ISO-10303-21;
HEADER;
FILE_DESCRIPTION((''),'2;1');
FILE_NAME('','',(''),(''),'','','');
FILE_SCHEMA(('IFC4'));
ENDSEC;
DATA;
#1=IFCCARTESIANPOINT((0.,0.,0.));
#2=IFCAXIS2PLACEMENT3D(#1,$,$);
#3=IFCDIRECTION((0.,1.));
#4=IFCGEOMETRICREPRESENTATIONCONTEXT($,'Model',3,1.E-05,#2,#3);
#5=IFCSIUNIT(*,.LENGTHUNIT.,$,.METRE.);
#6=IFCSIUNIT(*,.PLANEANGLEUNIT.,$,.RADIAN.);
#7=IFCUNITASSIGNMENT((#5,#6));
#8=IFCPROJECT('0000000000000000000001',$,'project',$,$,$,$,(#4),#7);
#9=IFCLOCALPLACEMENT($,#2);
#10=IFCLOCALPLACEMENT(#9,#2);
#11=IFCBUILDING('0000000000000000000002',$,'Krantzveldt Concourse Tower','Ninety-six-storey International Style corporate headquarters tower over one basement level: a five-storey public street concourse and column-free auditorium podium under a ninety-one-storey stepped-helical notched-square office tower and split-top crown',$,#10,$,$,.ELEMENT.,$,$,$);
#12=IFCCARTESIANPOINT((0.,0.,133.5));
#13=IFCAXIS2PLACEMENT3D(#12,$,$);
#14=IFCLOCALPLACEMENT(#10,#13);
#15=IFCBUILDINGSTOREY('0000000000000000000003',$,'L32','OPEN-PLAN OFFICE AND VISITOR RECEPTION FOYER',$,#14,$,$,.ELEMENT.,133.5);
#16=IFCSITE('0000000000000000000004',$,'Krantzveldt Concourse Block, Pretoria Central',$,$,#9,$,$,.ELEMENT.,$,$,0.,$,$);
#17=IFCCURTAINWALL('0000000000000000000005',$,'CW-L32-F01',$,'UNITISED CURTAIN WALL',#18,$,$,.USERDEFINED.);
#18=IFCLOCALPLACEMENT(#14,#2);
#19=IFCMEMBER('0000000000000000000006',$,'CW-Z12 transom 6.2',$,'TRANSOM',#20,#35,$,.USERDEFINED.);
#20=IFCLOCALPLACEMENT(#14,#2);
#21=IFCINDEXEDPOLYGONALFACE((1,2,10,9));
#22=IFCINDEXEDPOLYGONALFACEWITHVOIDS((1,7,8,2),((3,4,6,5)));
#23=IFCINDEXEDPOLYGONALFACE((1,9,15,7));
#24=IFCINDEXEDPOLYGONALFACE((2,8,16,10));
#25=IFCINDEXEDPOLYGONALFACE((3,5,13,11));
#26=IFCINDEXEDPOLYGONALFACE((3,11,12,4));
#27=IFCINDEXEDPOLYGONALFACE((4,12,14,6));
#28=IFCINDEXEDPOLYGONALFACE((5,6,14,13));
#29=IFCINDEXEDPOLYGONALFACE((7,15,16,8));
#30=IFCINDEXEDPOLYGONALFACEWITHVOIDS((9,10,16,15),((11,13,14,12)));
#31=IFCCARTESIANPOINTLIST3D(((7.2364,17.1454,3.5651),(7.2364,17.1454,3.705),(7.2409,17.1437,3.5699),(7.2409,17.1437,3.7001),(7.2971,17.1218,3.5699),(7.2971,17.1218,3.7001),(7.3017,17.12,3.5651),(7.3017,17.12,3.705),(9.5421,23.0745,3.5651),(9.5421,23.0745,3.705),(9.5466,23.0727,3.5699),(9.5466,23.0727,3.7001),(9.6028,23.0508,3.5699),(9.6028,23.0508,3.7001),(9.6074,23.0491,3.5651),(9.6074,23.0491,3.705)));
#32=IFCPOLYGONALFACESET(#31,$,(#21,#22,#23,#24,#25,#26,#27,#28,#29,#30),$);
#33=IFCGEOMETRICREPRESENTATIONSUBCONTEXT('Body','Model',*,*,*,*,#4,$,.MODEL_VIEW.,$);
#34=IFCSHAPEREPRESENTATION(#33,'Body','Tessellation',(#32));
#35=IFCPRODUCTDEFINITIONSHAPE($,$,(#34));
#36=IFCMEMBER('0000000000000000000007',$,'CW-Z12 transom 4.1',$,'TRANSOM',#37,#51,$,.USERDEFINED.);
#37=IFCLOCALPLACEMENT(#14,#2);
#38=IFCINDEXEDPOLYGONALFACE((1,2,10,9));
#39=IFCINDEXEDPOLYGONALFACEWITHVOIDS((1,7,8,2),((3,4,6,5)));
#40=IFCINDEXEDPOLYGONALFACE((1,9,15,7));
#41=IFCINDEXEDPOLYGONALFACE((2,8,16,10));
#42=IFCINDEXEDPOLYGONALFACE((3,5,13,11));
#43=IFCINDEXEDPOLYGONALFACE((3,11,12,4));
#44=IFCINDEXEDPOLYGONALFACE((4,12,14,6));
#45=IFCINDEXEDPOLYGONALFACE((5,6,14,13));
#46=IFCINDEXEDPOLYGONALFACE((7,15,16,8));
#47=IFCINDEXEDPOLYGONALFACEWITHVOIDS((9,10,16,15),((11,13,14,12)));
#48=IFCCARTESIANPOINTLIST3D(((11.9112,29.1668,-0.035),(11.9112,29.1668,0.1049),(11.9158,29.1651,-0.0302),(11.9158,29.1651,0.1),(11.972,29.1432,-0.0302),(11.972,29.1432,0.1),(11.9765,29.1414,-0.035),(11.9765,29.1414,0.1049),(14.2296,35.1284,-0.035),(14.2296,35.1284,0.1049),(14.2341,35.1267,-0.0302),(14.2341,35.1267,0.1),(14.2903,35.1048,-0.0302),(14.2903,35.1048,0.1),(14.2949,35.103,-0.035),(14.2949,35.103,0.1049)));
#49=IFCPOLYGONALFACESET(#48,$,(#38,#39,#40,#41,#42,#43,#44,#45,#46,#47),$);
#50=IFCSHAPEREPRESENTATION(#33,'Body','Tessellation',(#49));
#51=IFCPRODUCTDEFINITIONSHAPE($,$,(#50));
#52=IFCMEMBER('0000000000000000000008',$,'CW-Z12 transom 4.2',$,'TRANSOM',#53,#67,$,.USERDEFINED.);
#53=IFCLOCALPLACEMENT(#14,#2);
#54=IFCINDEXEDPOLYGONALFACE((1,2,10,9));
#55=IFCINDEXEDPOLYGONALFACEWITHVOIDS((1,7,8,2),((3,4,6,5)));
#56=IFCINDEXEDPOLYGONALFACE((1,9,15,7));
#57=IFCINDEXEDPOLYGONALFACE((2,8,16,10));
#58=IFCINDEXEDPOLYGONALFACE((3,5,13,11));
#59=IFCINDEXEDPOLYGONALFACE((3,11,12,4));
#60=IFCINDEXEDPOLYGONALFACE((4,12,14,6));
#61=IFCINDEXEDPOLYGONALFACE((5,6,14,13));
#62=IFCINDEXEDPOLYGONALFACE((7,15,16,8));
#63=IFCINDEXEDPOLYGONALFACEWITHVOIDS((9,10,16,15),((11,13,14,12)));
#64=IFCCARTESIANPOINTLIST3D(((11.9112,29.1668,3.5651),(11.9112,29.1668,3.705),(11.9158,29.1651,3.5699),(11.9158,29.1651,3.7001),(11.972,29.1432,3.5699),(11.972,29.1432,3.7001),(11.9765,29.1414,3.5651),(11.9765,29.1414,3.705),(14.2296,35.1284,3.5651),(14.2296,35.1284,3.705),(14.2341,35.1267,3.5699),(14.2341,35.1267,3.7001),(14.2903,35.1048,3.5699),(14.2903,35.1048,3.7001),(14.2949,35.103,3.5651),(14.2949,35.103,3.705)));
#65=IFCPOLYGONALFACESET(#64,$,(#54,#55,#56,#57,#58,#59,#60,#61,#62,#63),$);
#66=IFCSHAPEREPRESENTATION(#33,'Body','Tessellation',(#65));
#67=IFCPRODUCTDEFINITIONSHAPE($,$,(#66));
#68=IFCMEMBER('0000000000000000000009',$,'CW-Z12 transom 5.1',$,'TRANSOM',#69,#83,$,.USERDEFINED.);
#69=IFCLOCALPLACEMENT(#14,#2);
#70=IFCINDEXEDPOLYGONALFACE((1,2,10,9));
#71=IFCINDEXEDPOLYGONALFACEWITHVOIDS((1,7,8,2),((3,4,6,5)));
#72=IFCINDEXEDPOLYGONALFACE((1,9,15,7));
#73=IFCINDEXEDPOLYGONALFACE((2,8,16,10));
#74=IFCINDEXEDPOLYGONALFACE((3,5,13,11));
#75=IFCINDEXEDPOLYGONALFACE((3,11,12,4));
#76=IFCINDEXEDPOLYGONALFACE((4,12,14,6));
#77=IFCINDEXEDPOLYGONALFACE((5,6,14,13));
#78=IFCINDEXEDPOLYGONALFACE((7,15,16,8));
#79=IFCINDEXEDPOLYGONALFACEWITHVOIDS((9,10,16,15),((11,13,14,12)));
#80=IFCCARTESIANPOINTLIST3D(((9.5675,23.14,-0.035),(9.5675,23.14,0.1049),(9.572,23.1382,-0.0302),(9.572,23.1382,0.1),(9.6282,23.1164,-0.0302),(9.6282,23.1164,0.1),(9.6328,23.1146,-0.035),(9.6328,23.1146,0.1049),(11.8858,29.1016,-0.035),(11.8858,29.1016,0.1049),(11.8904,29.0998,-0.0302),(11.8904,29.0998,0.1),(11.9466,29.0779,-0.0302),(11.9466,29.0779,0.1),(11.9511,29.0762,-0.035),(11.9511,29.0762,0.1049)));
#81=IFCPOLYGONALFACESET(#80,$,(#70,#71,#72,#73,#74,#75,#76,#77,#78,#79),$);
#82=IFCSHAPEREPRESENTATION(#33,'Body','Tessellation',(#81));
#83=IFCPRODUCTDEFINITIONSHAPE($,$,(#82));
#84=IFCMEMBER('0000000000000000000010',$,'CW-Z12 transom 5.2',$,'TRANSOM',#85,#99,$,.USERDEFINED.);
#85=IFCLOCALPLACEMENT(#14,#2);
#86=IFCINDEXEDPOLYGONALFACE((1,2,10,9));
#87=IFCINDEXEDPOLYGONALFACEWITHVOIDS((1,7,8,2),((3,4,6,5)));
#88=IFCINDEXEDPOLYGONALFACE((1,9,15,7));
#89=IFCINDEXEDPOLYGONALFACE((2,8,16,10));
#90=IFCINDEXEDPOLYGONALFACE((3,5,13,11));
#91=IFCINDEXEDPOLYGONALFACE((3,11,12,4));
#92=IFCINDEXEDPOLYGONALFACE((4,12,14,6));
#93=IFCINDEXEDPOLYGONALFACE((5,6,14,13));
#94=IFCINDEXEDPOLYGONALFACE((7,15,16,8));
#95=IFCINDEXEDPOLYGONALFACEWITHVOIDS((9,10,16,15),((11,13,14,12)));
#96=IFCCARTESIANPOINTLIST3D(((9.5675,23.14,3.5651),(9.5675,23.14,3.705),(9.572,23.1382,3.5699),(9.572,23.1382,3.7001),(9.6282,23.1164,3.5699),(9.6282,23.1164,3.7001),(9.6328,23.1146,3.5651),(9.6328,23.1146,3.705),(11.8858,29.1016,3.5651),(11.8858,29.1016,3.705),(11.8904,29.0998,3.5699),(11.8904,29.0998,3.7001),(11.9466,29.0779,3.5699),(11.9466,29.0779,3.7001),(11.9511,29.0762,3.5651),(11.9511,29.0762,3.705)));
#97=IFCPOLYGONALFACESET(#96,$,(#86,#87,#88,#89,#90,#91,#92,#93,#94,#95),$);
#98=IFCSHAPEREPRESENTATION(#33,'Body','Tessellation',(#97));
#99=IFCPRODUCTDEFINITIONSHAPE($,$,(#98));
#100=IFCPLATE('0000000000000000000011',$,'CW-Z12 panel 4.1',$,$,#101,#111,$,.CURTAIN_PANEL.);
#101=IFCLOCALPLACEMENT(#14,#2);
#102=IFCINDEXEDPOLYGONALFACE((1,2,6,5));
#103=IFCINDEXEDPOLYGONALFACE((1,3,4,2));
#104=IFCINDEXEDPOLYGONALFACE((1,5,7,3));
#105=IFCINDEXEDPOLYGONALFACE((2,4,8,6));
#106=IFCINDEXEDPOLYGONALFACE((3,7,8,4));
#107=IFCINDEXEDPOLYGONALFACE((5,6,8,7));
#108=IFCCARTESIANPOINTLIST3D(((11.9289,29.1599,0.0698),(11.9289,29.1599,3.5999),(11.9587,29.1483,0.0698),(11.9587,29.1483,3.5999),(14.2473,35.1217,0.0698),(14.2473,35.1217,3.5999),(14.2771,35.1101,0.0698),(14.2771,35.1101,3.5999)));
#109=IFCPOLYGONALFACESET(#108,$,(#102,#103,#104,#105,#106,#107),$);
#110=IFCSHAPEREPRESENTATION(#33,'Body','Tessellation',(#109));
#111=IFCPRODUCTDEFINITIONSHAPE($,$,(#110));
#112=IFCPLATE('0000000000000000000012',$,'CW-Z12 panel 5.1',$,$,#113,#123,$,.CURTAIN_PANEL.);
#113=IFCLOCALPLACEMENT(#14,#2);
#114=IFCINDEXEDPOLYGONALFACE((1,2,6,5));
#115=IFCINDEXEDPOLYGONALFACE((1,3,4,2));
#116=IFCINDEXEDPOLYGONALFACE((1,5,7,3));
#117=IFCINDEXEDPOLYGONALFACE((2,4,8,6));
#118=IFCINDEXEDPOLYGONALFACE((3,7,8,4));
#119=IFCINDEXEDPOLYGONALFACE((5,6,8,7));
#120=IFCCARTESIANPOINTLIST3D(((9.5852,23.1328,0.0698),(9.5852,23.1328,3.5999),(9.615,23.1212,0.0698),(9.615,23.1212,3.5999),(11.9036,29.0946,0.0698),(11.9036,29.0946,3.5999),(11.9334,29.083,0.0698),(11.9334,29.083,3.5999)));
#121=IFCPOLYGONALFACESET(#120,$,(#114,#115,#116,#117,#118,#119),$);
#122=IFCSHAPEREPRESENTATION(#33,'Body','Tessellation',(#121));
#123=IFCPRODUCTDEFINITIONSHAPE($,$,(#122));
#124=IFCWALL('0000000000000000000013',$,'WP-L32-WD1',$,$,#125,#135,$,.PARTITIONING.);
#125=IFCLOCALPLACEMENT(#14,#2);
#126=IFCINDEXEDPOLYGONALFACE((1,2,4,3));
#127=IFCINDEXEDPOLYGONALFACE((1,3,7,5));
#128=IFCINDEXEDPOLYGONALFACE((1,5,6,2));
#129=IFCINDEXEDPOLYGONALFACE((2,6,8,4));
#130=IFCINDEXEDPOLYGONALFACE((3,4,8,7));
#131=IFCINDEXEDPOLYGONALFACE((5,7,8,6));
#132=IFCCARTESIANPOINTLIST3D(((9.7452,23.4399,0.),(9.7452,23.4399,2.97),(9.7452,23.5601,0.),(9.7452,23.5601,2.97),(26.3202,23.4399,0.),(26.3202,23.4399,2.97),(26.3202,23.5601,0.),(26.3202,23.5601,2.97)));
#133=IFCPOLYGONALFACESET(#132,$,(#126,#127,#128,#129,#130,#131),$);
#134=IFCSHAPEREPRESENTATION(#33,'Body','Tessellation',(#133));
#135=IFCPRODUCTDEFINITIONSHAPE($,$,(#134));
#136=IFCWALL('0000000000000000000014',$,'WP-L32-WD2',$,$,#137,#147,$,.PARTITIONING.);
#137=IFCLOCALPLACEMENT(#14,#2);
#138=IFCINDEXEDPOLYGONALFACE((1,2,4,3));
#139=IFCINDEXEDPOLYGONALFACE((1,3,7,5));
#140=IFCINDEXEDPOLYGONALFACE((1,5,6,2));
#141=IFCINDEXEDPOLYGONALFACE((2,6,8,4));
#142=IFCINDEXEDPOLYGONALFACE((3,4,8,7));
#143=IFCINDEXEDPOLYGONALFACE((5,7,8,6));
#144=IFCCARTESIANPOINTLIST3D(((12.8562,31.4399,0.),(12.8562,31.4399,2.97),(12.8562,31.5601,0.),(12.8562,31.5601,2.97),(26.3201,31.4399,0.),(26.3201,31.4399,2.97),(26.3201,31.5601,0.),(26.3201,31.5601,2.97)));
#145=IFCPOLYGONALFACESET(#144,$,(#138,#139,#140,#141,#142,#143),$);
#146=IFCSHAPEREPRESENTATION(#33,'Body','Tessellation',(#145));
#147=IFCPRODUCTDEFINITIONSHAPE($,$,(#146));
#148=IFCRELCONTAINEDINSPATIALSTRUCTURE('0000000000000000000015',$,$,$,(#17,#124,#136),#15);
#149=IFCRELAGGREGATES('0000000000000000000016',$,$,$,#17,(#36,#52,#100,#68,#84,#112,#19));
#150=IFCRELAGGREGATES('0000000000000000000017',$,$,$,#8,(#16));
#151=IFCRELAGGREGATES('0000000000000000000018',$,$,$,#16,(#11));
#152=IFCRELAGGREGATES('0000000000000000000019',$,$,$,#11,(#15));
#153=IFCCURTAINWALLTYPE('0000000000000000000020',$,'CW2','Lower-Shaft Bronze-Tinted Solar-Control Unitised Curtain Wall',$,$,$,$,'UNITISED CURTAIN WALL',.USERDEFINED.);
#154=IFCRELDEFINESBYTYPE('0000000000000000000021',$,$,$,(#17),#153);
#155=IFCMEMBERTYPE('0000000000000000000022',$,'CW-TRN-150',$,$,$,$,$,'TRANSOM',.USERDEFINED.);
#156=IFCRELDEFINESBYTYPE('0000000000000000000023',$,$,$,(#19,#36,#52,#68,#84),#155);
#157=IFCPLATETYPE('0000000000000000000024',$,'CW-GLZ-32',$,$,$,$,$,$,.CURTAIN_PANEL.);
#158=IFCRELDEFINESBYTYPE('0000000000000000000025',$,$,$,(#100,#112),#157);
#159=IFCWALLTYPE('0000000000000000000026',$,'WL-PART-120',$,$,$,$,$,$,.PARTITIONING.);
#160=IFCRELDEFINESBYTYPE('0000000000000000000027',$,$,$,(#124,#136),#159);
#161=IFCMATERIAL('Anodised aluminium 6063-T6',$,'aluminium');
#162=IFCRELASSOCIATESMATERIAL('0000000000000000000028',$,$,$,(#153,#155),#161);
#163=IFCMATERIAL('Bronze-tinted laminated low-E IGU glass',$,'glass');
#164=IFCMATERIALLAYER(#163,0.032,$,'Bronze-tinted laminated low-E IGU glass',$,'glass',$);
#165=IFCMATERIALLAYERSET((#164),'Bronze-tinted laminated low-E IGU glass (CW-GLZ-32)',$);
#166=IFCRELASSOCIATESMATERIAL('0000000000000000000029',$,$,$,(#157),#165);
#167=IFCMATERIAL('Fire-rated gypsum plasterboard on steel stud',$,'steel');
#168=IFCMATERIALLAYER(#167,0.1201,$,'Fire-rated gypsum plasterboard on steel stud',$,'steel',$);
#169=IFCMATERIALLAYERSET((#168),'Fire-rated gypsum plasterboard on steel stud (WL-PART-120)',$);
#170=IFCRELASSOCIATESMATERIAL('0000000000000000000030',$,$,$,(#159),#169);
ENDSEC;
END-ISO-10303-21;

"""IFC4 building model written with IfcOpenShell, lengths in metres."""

from ifc_helpers import new_model, si_unit, direction, frame, frame_2d, origin, origin_2d, place, context, subcontext, project, spatial, rectangle, hollow_rectangle, extrude, source, transform, mapped, material, layer, layer_set, material_profile, profile_set, type_object, type_shapes, element, aggregate, save


model = new_model("IFC4")

# Units and contexts
model_context = context("Model", 3, precision=1e-05, world=origin(), true_north=direction((0.0, 1.0)))
body_context = subcontext(model_context, "Body", "Model", "MODEL_VIEW")
ifc_project = project(units=[si_unit("LENGTHUNIT", "METRE"), si_unit("PLANEANGLEUNIT", "RADIAN")], contexts=[model_context])

# Site, building, storey
site_placement = place(None, origin())
site = spatial("IfcSite", under=ifc_project, at=site_placement, Name="Krantzveldt Concourse Block, Pretoria Central", CompositionType="ELEMENT", RefElevation=0.0)
building_placement = place(site_placement, origin())
building = spatial("IfcBuilding", under=site, at=building_placement, Name="Krantzveldt Concourse Tower", Description="Ninety-six-storey International Style corporate headquarters tower over one basement level: a five-storey public street concourse and column-free auditorium podium under a ninety-one-storey stepped-helical notched-square office tower and split-top crown", CompositionType="ELEMENT")
storey_placement = place(building_placement, frame((0.0, 0.0, 133.5)))
storey = spatial("IfcBuildingStorey", under=building, at=storey_placement, Name="L32", Description="OPEN-PLAN OFFICE AND VISITOR RECEPTION FOYER", CompositionType="ELEMENT", Elevation=133.5)

# Curtain wall, members, plates
ifc_material_1 = material(Name="Anodised aluminium 6063-T6", Category="aluminium")
curtain_wall_type = type_object("IfcCurtainWallType", Name="CW2", Description="Lower-Shaft Bronze-Tinted Solar-Control Unitised Curtain Wall", ElementType="UNITISED CURTAIN WALL", PredefinedType="USERDEFINED", material=ifc_material_1)
curtain_wall_placement = place(storey_placement, origin())
curtain_wall = element("IfcCurtainWall", 1, at=curtain_wall_placement, inside=storey, type_object=curtain_wall_type, Name="CW-L32-F01", ObjectType="UNITISED CURTAIN WALL", PredefinedType="USERDEFINED")
ifc_material_profile_1 = material_profile(ifc_material_1, hollow_rectangle(XDim=0.0701, YDim=0.1399, WallThickness=0.0049, at=origin_2d()), Name="Anodised aluminium 6063-T6", Category="aluminium")
ifc_profile_set_1 = profile_set([ifc_material_profile_1], Name="Anodised aluminium 6063-T6 - ALU-TRAN 140x70x5")
member_type_1 = type_object("IfcMemberType", Name="CW-TRN-150", ElementType="TRANSOM", PredefinedType="USERDEFINED", material=ifc_profile_set_1)
shared_shape_1 = source(origin(), body_context, "Body", "SweptSolid", [
    extrude(hollow_rectangle(XDim=0.0701, YDim=0.1399, WallThickness=0.0049, at=origin_2d()), origin(), (0.0, 0.0, 1.0), 6.3616),
])
member_1_placement = place(storey_placement, frame((9.5747, 23.0618, 3.635), z_axis=(-0.362441, -0.932007, 0.0), x_axis=(0.932007, -0.362441, 0.0)))
member_1 = element("IfcMember", 2, at=member_1_placement, type_object=member_type_1, Name="CW-Z12 transom 6.2", ObjectType="TRANSOM", PredefinedType="USERDEFINED", context=body_context, shape_type="MappedRepresentation", body=[
    mapped(shared_shape_1, transform((0.0, 0.0, 0.0), x_axis=(1.0, 0.0, 0.0), y_axis=(0.0, 1.0, 0.0), z_axis=(0.0, 0.0, 1.0), scale=1.0)),
])
shared_shape_2 = source(origin(), body_context, "Body", "SweptSolid", [
    extrude(hollow_rectangle(XDim=0.0701, YDim=0.1399, WallThickness=0.0049, at=origin_2d()), origin(), (0.0, 0.0, 1.0), 6.3965),
])
type_shapes(member_type_1, [shared_shape_1, shared_shape_2])
member_2_placement = place(storey_placement, frame((14.2622, 35.1157, 0.0349), z_axis=(-0.362437, -0.932008, 0.0), x_axis=(0.932008, -0.362437, 0.0)))
member_2 = element("IfcMember", 3, at=member_2_placement, type_object=member_type_1, Name="CW-Z12 transom 4.1", ObjectType="TRANSOM", PredefinedType="USERDEFINED", context=body_context, shape_type="MappedRepresentation", body=[
    mapped(shared_shape_2, transform((0.0, 0.0, 0.0), x_axis=(1.0, 0.0, 0.0), y_axis=(0.0, 1.0, 0.0), z_axis=(0.0, 0.0, 1.0), scale=1.0)),
])
member_3_placement = place(storey_placement, frame((14.2622, 35.1157, 3.635), z_axis=(-0.362437, -0.932008, 0.0), x_axis=(0.932008, -0.362437, 0.0)))
member_3 = element("IfcMember", 4, at=member_3_placement, type_object=member_type_1, Name="CW-Z12 transom 4.2", ObjectType="TRANSOM", PredefinedType="USERDEFINED", context=body_context, shape_type="MappedRepresentation", body=[
    mapped(shared_shape_2, transform((0.0, 0.0, 0.0), x_axis=(1.0, 0.0, 0.0), y_axis=(0.0, 1.0, 0.0), z_axis=(0.0, 0.0, 1.0), scale=1.0)),
])
member_4_placement = place(storey_placement, frame((11.9185, 29.0889, 0.0349), z_axis=(-0.362437, -0.932008, 0.0), x_axis=(0.932008, -0.362437, 0.0)))
member_4 = element("IfcMember", 5, at=member_4_placement, type_object=member_type_1, Name="CW-Z12 transom 5.1", ObjectType="TRANSOM", PredefinedType="USERDEFINED", context=body_context, shape_type="MappedRepresentation", body=[
    mapped(shared_shape_2, transform((0.0, 0.0, 0.0), x_axis=(1.0, 0.0, 0.0), y_axis=(0.0, 1.0, 0.0), z_axis=(0.0, 0.0, 1.0), scale=1.0)),
])
member_5_placement = place(storey_placement, frame((11.9185, 29.0889, 3.635), z_axis=(-0.362437, -0.932008, 0.0), x_axis=(0.932008, -0.362437, 0.0)))
member_5 = element("IfcMember", 6, at=member_5_placement, type_object=member_type_1, Name="CW-Z12 transom 5.2", ObjectType="TRANSOM", PredefinedType="USERDEFINED", context=body_context, shape_type="MappedRepresentation", body=[
    mapped(shared_shape_2, transform((0.0, 0.0, 0.0), x_axis=(1.0, 0.0, 0.0), y_axis=(0.0, 1.0, 0.0), z_axis=(0.0, 0.0, 1.0), scale=1.0)),
])
ifc_material_2 = material(Name="Bronze-tinted laminated low-E IGU glass", Category="glass")
ifc_layer_1 = layer(ifc_material_2, 0.032, Name="Bronze-tinted laminated low-E IGU glass", Category="glass")
ifc_layer_set_1 = layer_set([ifc_layer_1], Name="Bronze-tinted laminated low-E IGU glass (CW-GLZ-32)")
plate_type = type_object("IfcPlateType", Name="CW-GLZ-32", PredefinedType="CURTAIN_PANEL", material=ifc_layer_set_1)
shared_shape_3 = source(origin(), body_context, "Body", "SweptSolid", [
    extrude(rectangle(XDim=6.3967, YDim=0.032, at=origin_2d()), origin(), (0.0, 0.0, 1.0), 3.53),
])
type_shapes(plate_type, [shared_shape_3])
plate_1_placement = place(storey_placement, frame((13.103, 32.135, 0.0698), z_axis=(0.0, 0.0, 1.0), x_axis=(-0.362438, -0.932008, 0.0)))
plate_1 = element("IfcPlate", 7, at=plate_1_placement, type_object=plate_type, Name="CW-Z12 panel 4.1", PredefinedType="CURTAIN_PANEL", context=body_context, shape_type="MappedRepresentation", body=[
    mapped(shared_shape_3, transform((0.0, 0.0, 0.0), x_axis=(1.0, 0.0, 0.0), y_axis=(0.0, 1.0, 0.0), z_axis=(0.0, 0.0, 1.0), scale=1.0)),
])
plate_2_placement = place(storey_placement, frame((10.7593, 26.1079, 0.0698), z_axis=(0.0, 0.0, 1.0), x_axis=(-0.362438, -0.932008, 0.0)))
plate_2 = element("IfcPlate", 8, at=plate_2_placement, type_object=plate_type, Name="CW-Z12 panel 5.1", PredefinedType="CURTAIN_PANEL", context=body_context, shape_type="MappedRepresentation", body=[
    mapped(shared_shape_3, transform((0.0, 0.0, 0.0), x_axis=(1.0, 0.0, 0.0), y_axis=(0.0, 1.0, 0.0), z_axis=(0.0, 0.0, 1.0), scale=1.0)),
])
aggregate(curtain_wall, [member_2, member_3, plate_1, member_4, member_5, plate_2, member_1])

# Walls
ifc_material_3 = material(Name="Fire-rated gypsum plasterboard on steel stud", Category="steel")
ifc_layer_2 = layer(ifc_material_3, 0.1201, Name="Fire-rated gypsum plasterboard on steel stud", Category="steel")
ifc_layer_set_2 = layer_set([ifc_layer_2], Name="Fire-rated gypsum plasterboard on steel stud (WL-PART-120)")
wall_type = type_object("IfcWallType", Name="WL-PART-120", PredefinedType="PARTITIONING", material=ifc_layer_set_2)
wall_1_placement = place(storey_placement, frame((9.7451, 23.5, 0.0), z_axis=(0.0, 0.0, 1.0), x_axis=(1.0, 0.0, 0.0)))
element("IfcWall", 9, at=wall_1_placement, inside=storey, type_object=wall_type, Name="WP-L32-WD1", PredefinedType="PARTITIONING", context=body_context, shape_type="SweptSolid", body=[
    extrude(rectangle(XDim=16.575, YDim=0.1201, at=frame_2d((8.2876, 0.0))), origin(), (0.0, 0.0, 1.0), 2.97),
])
wall_2_placement = place(storey_placement, frame((12.8562, 31.5, 0.0), z_axis=(0.0, 0.0, 1.0), x_axis=(1.0, 0.0, 0.0)))
element("IfcWall", 10, at=wall_2_placement, inside=storey, type_object=wall_type, Name="WP-L32-WD2", PredefinedType="PARTITIONING", context=body_context, shape_type="SweptSolid", body=[
    extrude(rectangle(XDim=13.4639, YDim=0.1201, at=frame_2d((6.7319, 0.0))), origin(), (0.0, 0.0, 1.0), 2.97),
])

save(model, "model.ifc")
